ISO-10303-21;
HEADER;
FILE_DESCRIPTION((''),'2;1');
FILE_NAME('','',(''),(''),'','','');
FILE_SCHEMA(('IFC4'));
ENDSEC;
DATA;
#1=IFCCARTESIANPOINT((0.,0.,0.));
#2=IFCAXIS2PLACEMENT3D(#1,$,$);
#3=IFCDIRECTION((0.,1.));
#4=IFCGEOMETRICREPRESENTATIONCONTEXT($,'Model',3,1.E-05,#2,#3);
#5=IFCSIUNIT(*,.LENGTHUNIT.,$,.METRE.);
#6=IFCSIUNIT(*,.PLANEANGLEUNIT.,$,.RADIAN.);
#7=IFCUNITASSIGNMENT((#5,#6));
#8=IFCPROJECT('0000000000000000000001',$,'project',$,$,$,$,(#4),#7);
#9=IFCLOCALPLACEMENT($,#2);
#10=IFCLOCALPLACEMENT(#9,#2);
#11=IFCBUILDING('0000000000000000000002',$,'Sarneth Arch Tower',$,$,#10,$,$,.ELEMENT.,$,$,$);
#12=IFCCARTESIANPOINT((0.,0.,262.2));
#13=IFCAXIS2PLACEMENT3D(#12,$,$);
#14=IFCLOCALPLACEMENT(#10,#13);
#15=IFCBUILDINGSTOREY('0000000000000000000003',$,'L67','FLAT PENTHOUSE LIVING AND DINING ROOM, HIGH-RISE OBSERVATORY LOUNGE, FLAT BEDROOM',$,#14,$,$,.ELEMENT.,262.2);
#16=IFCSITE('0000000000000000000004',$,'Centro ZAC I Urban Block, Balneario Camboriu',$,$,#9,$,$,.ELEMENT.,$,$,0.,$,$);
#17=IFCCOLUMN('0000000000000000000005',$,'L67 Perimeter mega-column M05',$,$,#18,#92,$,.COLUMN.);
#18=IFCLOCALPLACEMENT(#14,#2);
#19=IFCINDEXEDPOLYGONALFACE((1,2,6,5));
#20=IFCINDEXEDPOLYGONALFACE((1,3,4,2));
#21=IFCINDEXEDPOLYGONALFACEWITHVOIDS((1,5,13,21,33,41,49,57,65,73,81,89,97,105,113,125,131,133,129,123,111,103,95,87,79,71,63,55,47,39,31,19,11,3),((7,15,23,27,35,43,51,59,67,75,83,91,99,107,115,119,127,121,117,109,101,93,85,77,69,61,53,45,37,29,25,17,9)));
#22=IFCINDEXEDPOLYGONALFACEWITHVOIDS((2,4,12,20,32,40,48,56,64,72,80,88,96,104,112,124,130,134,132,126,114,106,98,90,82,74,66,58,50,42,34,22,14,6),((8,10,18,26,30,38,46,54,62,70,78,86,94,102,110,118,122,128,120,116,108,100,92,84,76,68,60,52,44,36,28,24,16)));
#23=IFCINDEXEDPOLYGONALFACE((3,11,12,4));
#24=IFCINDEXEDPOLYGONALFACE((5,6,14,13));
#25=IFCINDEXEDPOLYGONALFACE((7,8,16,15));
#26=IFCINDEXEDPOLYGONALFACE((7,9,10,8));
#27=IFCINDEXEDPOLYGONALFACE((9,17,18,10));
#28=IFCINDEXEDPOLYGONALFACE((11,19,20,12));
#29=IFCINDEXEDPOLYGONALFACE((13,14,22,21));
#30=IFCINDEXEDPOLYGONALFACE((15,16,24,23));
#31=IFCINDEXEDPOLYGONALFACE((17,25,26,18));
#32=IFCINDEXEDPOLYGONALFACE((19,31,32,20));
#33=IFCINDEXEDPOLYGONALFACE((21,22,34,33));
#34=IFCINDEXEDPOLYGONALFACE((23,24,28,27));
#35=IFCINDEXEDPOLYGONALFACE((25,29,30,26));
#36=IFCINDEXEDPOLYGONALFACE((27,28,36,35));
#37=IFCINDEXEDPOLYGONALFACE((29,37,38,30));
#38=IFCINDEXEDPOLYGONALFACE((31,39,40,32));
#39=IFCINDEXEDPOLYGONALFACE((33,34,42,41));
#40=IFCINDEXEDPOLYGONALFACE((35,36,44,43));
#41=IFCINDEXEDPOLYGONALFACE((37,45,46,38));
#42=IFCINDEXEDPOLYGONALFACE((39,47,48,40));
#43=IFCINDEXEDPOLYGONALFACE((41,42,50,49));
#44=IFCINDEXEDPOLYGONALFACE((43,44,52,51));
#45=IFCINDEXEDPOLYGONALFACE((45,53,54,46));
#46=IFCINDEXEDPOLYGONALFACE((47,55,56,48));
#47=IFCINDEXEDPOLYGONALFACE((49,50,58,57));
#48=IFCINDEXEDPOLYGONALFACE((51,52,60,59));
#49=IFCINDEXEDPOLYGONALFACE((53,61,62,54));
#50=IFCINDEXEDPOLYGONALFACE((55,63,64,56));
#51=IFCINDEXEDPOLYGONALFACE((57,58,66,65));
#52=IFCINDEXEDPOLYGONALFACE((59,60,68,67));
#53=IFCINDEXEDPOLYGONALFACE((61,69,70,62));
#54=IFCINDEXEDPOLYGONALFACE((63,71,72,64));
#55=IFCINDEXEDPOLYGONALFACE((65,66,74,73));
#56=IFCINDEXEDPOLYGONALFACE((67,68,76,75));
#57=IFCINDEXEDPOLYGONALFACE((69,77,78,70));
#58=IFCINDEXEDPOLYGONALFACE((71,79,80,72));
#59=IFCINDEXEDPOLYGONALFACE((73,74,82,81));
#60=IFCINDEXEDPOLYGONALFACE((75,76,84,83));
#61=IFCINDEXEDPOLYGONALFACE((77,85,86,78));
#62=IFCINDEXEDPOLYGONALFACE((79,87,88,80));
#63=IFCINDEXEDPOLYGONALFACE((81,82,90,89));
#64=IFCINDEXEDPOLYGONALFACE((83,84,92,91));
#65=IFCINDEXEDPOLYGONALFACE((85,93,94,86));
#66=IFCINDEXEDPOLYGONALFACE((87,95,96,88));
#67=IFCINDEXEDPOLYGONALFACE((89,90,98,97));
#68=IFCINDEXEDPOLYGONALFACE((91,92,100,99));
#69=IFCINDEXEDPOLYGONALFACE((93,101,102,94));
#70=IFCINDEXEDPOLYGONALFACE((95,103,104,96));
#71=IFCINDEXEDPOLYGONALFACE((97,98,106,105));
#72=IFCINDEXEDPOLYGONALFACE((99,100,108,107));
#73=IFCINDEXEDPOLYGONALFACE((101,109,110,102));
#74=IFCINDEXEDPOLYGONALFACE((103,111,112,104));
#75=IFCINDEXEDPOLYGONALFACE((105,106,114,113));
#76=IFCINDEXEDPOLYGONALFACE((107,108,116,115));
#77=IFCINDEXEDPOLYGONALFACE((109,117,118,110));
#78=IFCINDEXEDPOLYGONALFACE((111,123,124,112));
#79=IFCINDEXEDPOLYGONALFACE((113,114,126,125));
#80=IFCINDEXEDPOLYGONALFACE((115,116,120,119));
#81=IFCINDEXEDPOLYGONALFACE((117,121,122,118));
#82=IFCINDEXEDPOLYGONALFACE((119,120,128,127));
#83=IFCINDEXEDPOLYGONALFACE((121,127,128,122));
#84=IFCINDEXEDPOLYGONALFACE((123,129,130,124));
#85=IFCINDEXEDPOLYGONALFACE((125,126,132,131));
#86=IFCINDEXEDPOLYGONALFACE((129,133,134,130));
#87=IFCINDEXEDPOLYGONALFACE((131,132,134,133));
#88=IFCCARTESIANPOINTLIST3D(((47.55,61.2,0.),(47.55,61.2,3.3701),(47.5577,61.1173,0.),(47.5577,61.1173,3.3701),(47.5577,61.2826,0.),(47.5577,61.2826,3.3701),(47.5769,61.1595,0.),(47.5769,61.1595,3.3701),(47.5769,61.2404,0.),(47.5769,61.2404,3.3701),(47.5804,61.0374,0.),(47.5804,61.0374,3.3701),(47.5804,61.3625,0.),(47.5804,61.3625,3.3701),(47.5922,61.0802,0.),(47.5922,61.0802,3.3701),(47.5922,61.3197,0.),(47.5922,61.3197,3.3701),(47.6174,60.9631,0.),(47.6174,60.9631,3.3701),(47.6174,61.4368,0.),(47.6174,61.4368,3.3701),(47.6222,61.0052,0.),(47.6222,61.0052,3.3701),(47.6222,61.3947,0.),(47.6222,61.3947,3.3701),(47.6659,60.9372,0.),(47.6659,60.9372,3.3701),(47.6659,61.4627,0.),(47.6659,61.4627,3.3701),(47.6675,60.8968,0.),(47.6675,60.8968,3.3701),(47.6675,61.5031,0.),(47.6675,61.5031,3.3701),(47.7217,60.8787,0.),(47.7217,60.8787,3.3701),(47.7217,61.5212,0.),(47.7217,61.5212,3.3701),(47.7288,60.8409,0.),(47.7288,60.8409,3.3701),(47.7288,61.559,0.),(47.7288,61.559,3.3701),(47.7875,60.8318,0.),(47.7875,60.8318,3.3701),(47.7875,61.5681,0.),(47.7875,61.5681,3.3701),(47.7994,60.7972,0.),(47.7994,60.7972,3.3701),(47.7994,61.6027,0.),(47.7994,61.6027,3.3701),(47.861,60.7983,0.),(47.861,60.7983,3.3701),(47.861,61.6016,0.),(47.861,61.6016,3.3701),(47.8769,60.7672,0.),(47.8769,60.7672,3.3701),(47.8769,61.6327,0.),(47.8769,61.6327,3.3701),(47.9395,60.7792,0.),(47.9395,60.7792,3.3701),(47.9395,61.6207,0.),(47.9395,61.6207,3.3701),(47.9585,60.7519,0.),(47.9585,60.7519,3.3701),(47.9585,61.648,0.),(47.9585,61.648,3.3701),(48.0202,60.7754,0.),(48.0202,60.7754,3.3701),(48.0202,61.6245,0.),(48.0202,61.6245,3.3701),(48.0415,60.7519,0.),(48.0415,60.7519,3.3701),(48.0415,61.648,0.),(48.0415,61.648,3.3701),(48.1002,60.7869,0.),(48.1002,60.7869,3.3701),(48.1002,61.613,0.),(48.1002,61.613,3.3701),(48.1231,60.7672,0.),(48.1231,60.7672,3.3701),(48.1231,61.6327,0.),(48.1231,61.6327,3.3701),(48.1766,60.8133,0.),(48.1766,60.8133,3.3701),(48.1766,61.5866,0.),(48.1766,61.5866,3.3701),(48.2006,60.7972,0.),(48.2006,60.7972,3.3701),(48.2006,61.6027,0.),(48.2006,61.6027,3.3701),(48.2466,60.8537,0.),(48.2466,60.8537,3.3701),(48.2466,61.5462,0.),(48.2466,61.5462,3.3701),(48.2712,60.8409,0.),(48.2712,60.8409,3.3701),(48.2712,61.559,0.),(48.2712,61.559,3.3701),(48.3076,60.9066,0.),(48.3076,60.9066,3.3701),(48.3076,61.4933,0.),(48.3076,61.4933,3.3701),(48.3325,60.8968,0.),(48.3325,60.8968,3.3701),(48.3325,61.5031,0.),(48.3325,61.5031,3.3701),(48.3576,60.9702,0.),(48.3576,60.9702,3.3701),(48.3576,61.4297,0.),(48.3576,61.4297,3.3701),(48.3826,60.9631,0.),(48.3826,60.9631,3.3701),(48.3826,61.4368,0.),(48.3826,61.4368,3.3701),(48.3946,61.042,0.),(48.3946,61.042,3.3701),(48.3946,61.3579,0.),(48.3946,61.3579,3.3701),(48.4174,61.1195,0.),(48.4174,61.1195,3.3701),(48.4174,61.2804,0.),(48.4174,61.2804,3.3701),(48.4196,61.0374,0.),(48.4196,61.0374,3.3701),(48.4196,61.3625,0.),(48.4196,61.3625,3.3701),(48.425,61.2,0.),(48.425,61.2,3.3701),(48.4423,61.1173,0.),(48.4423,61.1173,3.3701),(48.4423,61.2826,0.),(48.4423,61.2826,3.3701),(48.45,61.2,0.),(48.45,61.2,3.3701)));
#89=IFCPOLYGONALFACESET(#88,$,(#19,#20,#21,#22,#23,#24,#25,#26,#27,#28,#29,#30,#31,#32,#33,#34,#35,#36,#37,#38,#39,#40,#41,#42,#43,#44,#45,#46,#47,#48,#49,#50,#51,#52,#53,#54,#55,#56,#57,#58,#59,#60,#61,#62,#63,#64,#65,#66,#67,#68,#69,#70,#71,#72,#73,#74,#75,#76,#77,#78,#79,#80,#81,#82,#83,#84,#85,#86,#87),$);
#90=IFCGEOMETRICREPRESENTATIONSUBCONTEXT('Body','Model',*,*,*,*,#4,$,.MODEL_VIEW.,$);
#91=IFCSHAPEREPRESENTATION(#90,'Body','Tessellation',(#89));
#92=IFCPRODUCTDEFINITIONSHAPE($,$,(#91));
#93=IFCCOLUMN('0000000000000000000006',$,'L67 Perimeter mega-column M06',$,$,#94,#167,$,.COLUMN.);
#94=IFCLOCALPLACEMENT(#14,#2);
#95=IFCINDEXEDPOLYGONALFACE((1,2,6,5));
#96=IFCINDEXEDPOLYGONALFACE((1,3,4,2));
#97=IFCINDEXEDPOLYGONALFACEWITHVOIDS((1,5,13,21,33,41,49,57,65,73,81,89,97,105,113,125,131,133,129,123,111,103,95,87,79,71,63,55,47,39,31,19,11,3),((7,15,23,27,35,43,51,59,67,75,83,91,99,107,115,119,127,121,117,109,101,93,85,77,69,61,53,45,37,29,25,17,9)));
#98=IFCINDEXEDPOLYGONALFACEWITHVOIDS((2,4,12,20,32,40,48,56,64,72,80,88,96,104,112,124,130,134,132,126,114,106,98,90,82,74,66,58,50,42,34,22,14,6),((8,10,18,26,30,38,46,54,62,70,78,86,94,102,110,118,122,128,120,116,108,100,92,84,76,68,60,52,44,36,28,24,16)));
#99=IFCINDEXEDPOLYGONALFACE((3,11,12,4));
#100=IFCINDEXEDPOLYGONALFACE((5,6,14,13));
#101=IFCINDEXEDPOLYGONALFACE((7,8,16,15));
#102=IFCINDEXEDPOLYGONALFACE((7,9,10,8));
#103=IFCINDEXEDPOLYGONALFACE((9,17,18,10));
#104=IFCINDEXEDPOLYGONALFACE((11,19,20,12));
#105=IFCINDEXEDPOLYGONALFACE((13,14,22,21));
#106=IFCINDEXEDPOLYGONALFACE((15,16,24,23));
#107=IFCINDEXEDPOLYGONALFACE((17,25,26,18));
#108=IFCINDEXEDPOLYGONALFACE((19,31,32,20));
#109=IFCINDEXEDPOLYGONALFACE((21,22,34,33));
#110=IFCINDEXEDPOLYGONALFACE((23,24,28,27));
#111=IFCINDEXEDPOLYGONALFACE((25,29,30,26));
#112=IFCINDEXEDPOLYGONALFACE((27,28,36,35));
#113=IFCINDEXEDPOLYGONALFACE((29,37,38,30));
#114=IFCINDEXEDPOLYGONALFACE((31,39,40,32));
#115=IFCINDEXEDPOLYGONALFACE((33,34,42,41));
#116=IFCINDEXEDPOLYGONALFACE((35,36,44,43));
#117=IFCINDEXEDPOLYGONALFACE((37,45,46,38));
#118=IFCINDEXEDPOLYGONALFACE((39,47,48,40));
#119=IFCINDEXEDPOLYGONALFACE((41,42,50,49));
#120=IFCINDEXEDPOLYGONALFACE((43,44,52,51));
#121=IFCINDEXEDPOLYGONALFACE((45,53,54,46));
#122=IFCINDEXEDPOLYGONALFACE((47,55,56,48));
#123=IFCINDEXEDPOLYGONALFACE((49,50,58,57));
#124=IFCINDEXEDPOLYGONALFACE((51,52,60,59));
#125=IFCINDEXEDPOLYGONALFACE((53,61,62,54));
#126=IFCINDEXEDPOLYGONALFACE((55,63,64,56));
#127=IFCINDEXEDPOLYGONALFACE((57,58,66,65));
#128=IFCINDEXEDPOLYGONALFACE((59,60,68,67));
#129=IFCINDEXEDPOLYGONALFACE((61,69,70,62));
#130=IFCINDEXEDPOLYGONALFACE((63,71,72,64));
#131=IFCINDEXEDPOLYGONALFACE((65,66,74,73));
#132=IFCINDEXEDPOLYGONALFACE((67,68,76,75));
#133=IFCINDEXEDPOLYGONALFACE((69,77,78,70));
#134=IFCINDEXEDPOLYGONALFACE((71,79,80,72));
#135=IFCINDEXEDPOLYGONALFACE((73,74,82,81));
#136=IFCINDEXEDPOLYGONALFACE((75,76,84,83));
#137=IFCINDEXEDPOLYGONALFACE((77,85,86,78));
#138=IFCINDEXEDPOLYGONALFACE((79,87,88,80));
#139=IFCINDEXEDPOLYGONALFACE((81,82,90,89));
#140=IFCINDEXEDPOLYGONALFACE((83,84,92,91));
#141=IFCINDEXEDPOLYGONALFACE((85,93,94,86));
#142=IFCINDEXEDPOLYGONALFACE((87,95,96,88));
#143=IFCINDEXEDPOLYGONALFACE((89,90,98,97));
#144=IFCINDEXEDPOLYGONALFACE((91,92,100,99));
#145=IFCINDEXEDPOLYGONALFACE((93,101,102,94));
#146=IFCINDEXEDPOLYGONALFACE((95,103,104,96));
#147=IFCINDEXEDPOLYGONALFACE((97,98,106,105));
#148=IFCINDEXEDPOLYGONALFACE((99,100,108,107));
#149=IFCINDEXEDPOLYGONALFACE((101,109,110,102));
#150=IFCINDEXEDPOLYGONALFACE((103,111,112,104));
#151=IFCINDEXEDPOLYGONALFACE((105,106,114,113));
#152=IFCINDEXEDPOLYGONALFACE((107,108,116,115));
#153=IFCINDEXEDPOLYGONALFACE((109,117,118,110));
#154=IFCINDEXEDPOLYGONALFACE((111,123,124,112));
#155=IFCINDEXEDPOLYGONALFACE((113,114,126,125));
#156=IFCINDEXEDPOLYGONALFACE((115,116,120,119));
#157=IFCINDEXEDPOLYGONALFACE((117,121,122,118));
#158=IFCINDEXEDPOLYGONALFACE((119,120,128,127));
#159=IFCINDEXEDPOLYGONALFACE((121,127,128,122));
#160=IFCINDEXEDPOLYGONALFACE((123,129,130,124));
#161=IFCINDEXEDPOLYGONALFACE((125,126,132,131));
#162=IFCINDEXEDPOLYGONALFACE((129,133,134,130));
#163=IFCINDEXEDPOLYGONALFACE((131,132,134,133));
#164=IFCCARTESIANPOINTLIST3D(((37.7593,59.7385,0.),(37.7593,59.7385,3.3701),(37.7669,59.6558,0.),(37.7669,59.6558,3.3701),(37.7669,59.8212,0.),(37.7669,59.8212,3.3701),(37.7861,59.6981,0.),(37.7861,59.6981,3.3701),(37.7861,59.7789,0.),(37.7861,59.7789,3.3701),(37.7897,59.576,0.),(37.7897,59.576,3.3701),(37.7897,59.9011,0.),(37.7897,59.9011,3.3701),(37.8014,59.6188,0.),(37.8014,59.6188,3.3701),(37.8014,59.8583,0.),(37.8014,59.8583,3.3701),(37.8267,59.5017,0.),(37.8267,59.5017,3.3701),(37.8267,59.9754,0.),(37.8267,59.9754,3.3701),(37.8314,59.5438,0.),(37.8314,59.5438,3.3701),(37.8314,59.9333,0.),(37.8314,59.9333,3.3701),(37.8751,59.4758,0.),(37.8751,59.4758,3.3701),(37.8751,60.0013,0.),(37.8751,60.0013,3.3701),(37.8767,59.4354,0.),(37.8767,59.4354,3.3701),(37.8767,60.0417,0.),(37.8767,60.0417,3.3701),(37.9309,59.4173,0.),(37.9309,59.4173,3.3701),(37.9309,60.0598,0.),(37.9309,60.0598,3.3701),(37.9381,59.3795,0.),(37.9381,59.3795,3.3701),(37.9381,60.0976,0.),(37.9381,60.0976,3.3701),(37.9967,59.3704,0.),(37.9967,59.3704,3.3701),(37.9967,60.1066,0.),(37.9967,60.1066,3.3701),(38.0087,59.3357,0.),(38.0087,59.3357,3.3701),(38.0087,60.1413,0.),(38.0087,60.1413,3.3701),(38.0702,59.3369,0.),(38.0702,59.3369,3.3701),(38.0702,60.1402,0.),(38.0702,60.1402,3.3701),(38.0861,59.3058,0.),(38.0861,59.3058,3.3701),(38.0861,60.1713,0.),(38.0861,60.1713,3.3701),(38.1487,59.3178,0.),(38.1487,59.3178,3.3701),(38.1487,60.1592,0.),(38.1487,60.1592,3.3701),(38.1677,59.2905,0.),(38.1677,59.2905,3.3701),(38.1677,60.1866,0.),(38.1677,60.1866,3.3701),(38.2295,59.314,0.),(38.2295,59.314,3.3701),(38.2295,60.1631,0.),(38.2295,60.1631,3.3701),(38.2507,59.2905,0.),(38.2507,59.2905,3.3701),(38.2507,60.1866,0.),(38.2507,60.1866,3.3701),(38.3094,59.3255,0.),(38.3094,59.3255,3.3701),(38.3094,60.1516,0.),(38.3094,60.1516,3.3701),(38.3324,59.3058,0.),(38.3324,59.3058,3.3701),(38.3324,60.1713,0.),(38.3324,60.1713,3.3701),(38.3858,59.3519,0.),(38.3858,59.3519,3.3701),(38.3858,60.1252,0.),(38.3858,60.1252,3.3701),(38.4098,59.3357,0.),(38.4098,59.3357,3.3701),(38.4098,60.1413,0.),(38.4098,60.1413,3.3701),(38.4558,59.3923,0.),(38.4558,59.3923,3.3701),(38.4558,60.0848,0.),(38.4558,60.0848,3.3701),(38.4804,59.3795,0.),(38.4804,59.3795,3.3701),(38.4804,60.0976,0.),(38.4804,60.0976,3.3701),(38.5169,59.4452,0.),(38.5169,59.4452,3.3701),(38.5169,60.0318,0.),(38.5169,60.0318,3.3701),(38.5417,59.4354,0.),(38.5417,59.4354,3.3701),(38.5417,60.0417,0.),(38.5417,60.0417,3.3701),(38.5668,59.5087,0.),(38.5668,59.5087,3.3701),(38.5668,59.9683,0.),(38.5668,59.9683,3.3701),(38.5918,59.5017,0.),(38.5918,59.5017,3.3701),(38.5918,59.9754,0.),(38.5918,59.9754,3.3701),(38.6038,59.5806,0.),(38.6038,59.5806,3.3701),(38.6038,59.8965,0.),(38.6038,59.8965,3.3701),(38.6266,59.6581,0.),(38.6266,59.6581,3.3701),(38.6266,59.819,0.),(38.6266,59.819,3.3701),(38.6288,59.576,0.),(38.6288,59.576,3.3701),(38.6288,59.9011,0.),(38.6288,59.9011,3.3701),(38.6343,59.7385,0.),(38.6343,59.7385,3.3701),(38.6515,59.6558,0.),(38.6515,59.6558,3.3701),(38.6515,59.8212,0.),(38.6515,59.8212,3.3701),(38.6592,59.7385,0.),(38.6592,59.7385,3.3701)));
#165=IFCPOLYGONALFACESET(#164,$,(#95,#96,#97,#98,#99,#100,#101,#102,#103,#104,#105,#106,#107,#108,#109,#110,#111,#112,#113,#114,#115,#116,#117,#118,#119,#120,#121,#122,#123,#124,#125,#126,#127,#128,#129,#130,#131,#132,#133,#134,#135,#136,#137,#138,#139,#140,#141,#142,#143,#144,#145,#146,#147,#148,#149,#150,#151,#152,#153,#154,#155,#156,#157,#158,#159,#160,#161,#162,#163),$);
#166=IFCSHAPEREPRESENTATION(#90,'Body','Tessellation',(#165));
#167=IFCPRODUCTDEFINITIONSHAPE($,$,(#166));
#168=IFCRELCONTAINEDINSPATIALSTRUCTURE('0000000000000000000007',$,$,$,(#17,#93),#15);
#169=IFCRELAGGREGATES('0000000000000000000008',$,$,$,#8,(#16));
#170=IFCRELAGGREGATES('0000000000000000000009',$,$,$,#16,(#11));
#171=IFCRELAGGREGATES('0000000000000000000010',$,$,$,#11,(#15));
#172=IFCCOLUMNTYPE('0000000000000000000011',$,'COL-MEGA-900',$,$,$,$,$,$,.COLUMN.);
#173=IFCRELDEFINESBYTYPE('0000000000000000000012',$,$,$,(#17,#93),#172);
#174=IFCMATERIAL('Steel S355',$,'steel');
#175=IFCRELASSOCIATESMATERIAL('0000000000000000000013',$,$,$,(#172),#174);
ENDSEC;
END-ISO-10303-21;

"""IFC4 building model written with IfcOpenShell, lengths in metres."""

from ifc_helpers import new_model, si_unit, direction, frame, origin, origin_2d, place, context, subcontext, project, spatial, hollow_circle, extrude, material, material_profile, profile_set, type_object, element, save


model = new_model("IFC4")

# Units and contexts
model_context = context("Model", 3, precision=1e-05, world=origin(), true_north=direction((0.0, 1.0)))
body_context = subcontext(model_context, "Body", "Model", "MODEL_VIEW")
ifc_project = project(units=[si_unit("LENGTHUNIT", "METRE"), si_unit("PLANEANGLEUNIT", "RADIAN")], contexts=[model_context])

# Site, building, storey
site_placement = place(None, origin())
site = spatial("IfcSite", under=ifc_project, at=site_placement, Name="Centro ZAC I Urban Block, Balneario Camboriu", CompositionType="ELEMENT", RefElevation=0.0)
building_placement = place(site_placement, origin())
building = spatial("IfcBuilding", under=site, at=building_placement, Name="Sarneth Arch Tower", CompositionType="ELEMENT")
storey_placement = place(building_placement, frame((0.0, 0.0, 262.2)))
storey = spatial("IfcBuildingStorey", under=building, at=storey_placement, Name="L67", Description="FLAT PENTHOUSE LIVING AND DINING ROOM, HIGH-RISE OBSERVATORY LOUNGE, FLAT BEDROOM", CompositionType="ELEMENT", Elevation=262.2)

# Columns
ifc_material_1 = material(Name="Steel S355", Category="steel")
ifc_material_profile_1 = material_profile(ifc_material_1, hollow_circle(Radius=0.45, WallThickness=0.0249, at=origin_2d()), Name="CHS900x25")
ifc_profile_set_1 = profile_set([ifc_material_profile_1], Name="Steel S355")
column_type = type_object("IfcColumnType", Name="COL-MEGA-900", PredefinedType="COLUMN", material=ifc_profile_set_1)
for number, where, z_axis, x_axis, name in (
    (1, (48.0, 61.2, 0.0), (0.0, 0.0, 1.0), (1.0, 0.0, 0.0), "L67 Perimeter mega-column M05"),
    (2, (38.2092, 59.7385, 0.0), (0.0, 0.0, 1.0), (1.0, 0.0, 0.0), "L67 Perimeter mega-column M06"),
):
    element("IfcColumn", number, at=place(storey_placement, frame(where, z_axis=z_axis, x_axis=x_axis)), inside=storey, type_object=column_type, Name=name, PredefinedType="COLUMN", context=body_context, shape_type="SweptSolid", body=[
        extrude(hollow_circle(Radius=0.45, WallThickness=0.0249, at=origin_2d()), origin(), (0.0, 0.0, 1.0), 3.3701),
    ])

save(model, "model.ifc")
